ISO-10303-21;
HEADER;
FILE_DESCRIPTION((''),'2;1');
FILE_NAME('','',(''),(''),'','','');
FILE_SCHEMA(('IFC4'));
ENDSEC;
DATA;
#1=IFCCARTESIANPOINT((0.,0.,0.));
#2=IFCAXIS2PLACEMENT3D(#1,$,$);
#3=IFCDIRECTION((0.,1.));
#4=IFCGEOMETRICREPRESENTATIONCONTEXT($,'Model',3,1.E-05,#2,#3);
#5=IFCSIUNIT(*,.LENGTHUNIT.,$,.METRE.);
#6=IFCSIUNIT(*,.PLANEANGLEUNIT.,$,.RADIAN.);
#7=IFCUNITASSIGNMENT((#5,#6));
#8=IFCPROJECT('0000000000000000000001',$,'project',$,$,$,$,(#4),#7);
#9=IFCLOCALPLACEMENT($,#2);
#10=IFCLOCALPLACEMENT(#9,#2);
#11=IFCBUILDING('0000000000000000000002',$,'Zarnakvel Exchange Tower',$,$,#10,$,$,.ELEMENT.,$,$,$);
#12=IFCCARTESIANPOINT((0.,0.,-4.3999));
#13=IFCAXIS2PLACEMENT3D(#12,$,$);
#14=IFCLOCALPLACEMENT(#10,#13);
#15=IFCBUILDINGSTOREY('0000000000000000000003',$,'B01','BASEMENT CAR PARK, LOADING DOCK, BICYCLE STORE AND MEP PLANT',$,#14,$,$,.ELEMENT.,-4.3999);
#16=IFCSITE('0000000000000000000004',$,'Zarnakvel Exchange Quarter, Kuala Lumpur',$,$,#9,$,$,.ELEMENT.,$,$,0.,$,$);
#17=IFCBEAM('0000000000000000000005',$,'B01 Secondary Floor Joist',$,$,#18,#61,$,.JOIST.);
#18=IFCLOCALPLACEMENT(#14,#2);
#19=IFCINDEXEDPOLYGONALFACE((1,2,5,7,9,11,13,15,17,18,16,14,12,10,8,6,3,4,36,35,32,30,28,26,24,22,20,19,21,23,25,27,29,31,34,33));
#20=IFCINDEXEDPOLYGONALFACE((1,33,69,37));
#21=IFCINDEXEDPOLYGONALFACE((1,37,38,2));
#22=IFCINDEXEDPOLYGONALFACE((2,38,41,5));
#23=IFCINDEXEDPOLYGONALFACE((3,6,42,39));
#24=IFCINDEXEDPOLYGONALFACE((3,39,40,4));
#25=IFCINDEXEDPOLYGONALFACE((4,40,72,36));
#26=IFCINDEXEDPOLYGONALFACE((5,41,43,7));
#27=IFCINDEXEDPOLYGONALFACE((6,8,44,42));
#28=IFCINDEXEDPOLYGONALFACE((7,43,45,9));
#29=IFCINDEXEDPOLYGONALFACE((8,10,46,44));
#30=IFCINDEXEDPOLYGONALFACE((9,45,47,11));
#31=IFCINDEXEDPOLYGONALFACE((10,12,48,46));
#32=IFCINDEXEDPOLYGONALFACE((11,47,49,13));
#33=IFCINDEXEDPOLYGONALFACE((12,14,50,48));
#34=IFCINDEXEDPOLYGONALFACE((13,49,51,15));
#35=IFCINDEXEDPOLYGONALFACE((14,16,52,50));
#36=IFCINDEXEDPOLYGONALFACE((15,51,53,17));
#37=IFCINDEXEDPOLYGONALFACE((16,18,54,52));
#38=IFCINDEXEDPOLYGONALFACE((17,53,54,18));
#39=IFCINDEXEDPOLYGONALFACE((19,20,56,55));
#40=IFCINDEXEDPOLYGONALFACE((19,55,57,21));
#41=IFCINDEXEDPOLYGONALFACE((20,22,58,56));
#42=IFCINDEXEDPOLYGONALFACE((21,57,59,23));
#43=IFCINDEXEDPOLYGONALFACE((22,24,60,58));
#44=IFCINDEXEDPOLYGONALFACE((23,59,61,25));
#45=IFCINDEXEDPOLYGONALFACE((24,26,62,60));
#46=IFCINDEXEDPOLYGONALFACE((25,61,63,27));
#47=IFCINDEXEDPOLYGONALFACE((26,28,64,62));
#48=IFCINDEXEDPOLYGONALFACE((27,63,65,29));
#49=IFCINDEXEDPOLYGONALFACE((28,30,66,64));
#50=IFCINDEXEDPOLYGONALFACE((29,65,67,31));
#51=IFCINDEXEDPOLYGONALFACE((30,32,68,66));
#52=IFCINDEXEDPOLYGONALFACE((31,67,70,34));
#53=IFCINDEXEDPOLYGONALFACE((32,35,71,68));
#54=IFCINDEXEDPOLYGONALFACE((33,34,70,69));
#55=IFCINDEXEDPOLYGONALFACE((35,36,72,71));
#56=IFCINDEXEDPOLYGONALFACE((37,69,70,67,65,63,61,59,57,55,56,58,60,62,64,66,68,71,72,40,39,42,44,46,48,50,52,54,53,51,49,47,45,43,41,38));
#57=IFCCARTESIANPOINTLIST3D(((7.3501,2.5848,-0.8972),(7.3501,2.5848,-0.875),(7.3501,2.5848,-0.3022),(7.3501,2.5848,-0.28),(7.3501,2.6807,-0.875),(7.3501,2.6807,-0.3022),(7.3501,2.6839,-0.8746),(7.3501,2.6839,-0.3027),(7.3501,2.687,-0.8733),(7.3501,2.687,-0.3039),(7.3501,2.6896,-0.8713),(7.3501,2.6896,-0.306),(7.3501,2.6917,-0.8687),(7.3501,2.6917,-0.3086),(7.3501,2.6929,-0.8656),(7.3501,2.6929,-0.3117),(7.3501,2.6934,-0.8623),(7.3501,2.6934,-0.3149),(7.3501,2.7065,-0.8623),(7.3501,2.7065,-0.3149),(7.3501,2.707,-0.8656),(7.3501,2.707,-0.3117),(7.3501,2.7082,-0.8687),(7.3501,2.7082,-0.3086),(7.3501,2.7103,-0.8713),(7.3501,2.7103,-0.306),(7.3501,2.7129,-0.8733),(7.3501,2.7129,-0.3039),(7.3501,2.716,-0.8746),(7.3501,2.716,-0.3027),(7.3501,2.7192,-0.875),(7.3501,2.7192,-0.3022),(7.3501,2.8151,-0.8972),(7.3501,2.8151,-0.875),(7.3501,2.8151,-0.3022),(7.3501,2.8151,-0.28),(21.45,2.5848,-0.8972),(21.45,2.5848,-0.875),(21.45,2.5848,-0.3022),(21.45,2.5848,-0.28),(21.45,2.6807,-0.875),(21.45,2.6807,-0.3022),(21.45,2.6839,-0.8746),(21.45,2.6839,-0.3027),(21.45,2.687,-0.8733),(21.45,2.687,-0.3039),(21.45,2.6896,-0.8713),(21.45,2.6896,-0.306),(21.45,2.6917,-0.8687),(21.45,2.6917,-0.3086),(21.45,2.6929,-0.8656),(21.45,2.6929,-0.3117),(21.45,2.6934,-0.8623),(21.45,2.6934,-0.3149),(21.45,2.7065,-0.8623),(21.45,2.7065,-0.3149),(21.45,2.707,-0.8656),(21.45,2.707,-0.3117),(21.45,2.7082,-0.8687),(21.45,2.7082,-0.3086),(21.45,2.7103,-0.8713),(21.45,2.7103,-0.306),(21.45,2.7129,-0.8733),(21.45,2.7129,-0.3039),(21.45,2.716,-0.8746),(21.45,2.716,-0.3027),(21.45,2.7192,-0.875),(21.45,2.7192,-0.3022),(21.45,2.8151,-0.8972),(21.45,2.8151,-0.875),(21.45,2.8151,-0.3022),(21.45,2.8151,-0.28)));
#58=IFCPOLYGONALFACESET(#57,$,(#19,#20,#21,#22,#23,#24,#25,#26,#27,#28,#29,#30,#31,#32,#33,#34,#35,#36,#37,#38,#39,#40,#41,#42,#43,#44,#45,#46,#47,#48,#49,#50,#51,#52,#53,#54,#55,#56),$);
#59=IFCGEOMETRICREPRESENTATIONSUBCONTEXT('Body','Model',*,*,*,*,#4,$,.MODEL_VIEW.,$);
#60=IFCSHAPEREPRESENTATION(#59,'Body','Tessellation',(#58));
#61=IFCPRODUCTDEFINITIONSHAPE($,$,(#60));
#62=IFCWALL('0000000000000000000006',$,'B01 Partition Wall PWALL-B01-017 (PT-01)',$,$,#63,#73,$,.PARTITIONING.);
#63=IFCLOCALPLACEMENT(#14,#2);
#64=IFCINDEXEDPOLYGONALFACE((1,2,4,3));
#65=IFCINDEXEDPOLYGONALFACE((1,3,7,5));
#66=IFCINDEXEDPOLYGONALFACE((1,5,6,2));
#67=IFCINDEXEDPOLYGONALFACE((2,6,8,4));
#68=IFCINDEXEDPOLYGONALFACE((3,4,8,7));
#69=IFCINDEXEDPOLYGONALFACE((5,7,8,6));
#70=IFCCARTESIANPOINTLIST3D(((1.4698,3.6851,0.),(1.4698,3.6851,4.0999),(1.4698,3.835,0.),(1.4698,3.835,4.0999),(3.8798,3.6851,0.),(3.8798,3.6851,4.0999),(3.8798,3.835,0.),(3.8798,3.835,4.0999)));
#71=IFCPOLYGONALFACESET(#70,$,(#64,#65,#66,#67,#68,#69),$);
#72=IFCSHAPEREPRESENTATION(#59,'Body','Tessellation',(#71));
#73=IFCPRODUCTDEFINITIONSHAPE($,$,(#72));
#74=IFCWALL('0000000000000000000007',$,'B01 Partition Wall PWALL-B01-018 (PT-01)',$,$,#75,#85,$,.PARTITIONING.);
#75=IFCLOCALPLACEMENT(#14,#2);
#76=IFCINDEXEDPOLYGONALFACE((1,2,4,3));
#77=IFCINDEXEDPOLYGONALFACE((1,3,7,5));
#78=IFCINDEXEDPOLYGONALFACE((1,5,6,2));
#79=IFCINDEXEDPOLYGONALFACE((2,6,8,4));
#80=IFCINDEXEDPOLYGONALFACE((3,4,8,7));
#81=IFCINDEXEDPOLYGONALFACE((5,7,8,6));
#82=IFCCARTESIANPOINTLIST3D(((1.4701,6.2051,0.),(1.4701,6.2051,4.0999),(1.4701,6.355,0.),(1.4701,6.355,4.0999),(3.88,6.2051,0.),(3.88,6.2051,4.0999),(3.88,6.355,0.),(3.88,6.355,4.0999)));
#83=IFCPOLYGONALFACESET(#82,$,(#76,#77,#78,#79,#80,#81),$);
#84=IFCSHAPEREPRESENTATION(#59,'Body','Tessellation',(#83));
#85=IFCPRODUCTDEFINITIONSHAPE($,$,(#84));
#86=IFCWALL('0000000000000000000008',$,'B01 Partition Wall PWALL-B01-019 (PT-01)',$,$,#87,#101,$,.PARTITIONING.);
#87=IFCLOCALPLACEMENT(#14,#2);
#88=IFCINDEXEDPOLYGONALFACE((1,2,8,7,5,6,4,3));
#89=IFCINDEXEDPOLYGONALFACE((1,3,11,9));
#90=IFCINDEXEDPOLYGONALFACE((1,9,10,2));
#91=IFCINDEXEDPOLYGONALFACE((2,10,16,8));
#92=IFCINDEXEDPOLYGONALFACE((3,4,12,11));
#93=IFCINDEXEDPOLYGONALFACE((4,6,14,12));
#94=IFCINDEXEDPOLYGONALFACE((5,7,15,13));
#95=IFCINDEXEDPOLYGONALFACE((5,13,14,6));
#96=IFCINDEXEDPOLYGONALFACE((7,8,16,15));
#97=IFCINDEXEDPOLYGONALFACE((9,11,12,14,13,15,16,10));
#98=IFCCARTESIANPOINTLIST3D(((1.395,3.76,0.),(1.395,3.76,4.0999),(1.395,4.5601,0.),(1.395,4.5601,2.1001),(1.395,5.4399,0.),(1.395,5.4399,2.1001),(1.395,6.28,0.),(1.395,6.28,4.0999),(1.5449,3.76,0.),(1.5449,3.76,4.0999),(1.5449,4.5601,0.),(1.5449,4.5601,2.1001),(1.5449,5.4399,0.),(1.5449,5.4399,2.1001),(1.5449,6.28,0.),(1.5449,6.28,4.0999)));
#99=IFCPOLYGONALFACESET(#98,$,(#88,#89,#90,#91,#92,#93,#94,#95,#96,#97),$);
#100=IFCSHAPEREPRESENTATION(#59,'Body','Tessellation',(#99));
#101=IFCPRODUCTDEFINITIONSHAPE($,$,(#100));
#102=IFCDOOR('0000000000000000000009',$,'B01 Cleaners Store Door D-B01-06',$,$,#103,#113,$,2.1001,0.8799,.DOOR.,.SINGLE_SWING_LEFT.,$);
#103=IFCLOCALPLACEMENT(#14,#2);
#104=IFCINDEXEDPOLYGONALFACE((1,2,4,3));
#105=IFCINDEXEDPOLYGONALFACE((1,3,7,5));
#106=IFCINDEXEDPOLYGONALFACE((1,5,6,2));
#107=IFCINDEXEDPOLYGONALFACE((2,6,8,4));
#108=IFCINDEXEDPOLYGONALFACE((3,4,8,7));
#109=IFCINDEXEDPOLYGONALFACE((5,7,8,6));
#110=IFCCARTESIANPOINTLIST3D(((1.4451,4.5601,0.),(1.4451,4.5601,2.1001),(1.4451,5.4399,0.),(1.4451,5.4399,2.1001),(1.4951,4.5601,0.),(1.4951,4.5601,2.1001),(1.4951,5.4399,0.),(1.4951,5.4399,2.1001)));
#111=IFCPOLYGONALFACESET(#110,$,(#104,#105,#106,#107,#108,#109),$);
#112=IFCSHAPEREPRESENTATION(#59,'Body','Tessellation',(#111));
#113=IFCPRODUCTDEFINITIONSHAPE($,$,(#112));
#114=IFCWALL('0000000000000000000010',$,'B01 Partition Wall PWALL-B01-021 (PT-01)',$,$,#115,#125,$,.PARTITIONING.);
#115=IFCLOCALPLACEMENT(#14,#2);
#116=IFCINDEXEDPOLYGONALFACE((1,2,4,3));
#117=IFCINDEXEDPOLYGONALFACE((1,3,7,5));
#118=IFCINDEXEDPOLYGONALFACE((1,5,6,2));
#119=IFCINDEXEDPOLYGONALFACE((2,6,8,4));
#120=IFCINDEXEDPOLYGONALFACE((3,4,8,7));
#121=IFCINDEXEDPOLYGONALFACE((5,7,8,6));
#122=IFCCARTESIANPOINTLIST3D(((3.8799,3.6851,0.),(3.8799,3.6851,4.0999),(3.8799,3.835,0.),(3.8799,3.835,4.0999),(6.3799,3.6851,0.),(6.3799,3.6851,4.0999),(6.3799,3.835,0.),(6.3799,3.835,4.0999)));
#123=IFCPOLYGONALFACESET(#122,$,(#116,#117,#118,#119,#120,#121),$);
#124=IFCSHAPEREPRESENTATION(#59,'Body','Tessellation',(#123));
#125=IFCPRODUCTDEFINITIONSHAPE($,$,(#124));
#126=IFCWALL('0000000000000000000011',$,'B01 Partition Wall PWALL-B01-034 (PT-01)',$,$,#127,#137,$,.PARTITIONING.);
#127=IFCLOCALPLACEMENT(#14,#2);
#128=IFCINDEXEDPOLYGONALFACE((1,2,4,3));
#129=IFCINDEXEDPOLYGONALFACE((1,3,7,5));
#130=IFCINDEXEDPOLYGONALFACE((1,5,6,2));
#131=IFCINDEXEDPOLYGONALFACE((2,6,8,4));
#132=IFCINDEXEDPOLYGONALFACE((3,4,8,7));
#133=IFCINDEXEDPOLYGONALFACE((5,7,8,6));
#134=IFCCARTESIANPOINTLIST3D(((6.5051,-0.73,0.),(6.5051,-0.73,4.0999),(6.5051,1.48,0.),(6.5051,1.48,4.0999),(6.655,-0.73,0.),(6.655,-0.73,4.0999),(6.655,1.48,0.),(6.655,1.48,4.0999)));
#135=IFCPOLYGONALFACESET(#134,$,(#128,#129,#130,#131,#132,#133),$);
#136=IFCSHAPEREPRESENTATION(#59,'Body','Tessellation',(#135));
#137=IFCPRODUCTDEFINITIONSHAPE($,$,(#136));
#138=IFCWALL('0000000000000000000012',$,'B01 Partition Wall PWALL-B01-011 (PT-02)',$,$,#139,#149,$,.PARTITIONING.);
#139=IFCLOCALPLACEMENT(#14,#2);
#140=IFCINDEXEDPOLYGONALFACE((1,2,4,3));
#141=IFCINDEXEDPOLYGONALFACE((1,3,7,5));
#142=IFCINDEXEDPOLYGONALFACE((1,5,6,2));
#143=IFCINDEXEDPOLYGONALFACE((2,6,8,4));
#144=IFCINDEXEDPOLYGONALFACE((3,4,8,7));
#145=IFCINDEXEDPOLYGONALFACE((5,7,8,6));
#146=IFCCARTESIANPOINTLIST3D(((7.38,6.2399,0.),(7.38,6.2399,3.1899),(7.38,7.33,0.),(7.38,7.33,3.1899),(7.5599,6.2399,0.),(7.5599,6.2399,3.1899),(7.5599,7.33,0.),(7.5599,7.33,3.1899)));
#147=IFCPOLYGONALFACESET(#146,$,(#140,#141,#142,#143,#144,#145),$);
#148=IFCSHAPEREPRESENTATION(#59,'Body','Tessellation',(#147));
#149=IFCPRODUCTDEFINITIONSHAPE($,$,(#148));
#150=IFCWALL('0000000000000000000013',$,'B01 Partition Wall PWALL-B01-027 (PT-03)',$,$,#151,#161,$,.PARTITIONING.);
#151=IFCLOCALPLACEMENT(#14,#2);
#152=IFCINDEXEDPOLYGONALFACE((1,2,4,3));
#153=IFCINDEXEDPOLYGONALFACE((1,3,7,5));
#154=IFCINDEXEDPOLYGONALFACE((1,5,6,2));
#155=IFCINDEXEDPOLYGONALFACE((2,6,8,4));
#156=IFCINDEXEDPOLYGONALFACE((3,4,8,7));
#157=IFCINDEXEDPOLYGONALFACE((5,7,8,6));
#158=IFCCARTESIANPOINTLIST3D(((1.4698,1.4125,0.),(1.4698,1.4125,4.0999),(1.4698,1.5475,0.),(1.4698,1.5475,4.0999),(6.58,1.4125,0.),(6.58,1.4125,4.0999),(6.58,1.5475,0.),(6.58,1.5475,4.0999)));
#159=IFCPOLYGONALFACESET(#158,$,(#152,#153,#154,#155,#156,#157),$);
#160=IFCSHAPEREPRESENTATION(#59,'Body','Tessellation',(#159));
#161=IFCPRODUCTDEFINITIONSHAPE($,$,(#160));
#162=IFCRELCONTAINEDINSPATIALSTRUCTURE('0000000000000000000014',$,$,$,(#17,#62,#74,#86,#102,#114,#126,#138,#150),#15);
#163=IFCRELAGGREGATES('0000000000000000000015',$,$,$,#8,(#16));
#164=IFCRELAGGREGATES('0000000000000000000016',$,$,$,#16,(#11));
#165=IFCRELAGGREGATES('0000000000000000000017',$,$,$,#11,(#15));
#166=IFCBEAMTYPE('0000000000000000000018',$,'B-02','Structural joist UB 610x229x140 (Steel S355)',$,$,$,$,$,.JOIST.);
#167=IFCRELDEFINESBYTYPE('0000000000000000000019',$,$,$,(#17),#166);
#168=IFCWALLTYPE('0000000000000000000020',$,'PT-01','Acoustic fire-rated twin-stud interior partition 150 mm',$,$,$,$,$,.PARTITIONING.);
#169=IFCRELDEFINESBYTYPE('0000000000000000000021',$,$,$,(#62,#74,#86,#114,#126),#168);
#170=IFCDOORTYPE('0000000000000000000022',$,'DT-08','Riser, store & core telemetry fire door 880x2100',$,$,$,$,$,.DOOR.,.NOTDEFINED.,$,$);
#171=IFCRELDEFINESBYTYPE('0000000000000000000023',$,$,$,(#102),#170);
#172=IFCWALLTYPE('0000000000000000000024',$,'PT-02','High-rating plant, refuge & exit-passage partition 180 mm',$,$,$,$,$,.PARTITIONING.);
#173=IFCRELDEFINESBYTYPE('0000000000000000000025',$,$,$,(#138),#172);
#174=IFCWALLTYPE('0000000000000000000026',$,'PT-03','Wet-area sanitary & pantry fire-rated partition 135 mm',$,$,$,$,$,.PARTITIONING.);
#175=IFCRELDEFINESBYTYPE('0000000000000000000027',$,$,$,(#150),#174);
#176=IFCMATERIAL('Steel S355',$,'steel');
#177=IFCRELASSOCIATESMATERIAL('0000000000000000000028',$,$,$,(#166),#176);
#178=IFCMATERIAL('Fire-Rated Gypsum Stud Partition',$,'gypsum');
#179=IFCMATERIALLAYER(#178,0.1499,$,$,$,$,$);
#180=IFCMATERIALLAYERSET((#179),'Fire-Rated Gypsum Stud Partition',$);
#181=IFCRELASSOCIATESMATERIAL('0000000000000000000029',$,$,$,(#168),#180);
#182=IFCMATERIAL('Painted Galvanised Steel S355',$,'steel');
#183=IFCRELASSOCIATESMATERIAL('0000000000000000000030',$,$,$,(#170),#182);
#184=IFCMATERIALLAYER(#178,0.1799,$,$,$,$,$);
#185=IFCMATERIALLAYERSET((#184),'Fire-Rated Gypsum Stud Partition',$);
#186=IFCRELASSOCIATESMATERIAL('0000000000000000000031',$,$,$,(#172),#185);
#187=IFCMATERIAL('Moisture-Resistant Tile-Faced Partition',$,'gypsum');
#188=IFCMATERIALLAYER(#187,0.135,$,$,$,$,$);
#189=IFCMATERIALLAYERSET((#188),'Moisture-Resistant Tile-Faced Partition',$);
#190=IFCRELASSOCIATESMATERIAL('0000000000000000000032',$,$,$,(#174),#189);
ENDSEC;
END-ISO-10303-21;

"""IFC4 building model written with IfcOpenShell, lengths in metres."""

from ifc_helpers import new_model, si_unit, direction, frame, frame_2d, origin, origin_2d, place, context, subcontext, project, spatial, rectangle, i_section, extrude, source, transform, mapped, material, layer, layer_set, material_profile, profile_set, type_object, element, fill, save


model = new_model("IFC4")

# Units and contexts
model_context = context("Model", 3, precision=1e-05, world=origin(), true_north=direction((0.0, 1.0)))
body_context = subcontext(model_context, "Body", "Model", "MODEL_VIEW")
ifc_project = project(units=[si_unit("LENGTHUNIT", "METRE"), si_unit("PLANEANGLEUNIT", "RADIAN")], contexts=[model_context])

# Site, building, storey
site_placement = place(None, origin())
site = spatial("IfcSite", under=ifc_project, at=site_placement, Name="Zarnakvel Exchange Quarter, Kuala Lumpur", CompositionType="ELEMENT", RefElevation=0.0)
building_placement = place(site_placement, origin())
building = spatial("IfcBuilding", under=site, at=building_placement, Name="Zarnakvel Exchange Tower", CompositionType="ELEMENT")
storey_placement = place(building_placement, frame((0.0, 0.0, -4.3999)))
storey = spatial("IfcBuildingStorey", under=building, at=storey_placement, Name="B01", Description="BASEMENT CAR PARK, LOADING DOCK, BICYCLE STORE AND MEP PLANT", CompositionType="ELEMENT", Elevation=-4.3999)

# Beam
ifc_material_1 = material(Name="Steel S355", Category="steel")
ifc_material_profile = material_profile(ifc_material_1, i_section(OverallWidth=0.2302, OverallDepth=0.6172, WebThickness=0.0132, FlangeThickness=0.0222, FilletRadius=0.0127, at=origin_2d()))
ifc_profile_set = profile_set([ifc_material_profile], Name="Steel S355")
beam_type = type_object("IfcBeamType", Name="B-02", Description="Structural joist UB 610x229x140 (Steel S355)", PredefinedType="JOIST", material=ifc_profile_set)
beam_placement = place(storey_placement, frame((7.3501, 2.7, -0.5886), z_axis=(1.0, 0.0, 0.0), x_axis=(0.0, 1.0, 0.0)))
element("IfcBeam", 1, at=beam_placement, inside=storey, type_object=beam_type, Name="B01 Secondary Floor Joist", PredefinedType="JOIST", context=body_context, shape_type="SweptSolid", body=[
    extrude(i_section(OverallWidth=0.2302, OverallDepth=0.6172, WebThickness=0.0132, FlangeThickness=0.0222, FilletRadius=0.0127, at=origin_2d()), origin(), (0.0, 0.0, 1.0), 14.0999),
])

# Walls
ifc_material_2 = material(Name="Fire-Rated Gypsum Stud Partition", Category="gypsum")
ifc_layer_1 = layer(ifc_material_2, 0.1499)
ifc_layer_set_1 = layer_set([ifc_layer_1], Name="Fire-Rated Gypsum Stud Partition")
wall_type_1 = type_object("IfcWallType", Name="PT-01", Description="Acoustic fire-rated twin-stud interior partition 150 mm", PredefinedType="PARTITIONING", material=ifc_layer_set_1)
for number, where, z_axis, x_axis, name in (
    (2, (3.8799, 3.76, 0.0), (0.0, 0.0, 1.0), (-1.0, 0.0, 0.0), "B01 Partition Wall PWALL-B01-017 (PT-01)"),
    (3, (1.47, 6.28, 0.0), (0.0, 0.0, 1.0), (1.0, 0.0, 0.0), "B01 Partition Wall PWALL-B01-018 (PT-01)"),
):
    element("IfcWall", number, at=place(storey_placement, frame(where, z_axis=z_axis, x_axis=x_axis)), inside=storey, type_object=wall_type_1, Name=name, PredefinedType="PARTITIONING", context=body_context, shape_type="SweptSolid", body=[
        extrude(rectangle(XDim=2.4099, YDim=0.1499, at=frame_2d((1.2051, 0.0))), origin(), (0.0, 0.0, 1.0), 4.0999),
    ])

# Wall, opening, door
wall_1_placement = place(storey_placement, frame((1.47, 3.76, 0.0), z_axis=(0.0, 0.0, 1.0), x_axis=(0.0, 1.0, 0.0)))
wall_1 = element("IfcWall", 4, at=wall_1_placement, inside=storey, type_object=wall_type_1, Name="B01 Partition Wall PWALL-B01-019 (PT-01)", PredefinedType="PARTITIONING", context=body_context, shape_type="SweptSolid", body=[
    extrude(rectangle(XDim=2.52, YDim=0.1499, at=frame_2d((1.26, 0.0))), origin(), (0.0, 0.0, 1.0), 4.0999),
])
opening_1_placement = place(wall_1_placement, frame((0.8, 0.0, 0.0)))
opening_1 = element("IfcOpeningElement", 5, at=opening_1_placement, cuts=wall_1, PredefinedType="OPENING", context=body_context, shape_type="SweptSolid", body=[
    extrude(rectangle(XDim=0.8799, YDim=2.1001, at=frame_2d((0.4399, 1.05))), frame((0.0, 0.085, 0.0), z_axis=(0.0, -1.0, 0.0), x_axis=(1.0, 0.0, 0.0)), (0.0, 0.0, 1.0), 0.1699),
])
ifc_material_3 = material(Name="Painted Galvanised Steel S355", Category="steel")
door_type_1 = type_object("IfcDoorType", Name="DT-08", Description="Riser, store & core telemetry fire door 880x2100", OperationType="NOTDEFINED", PredefinedType="DOOR", material=ifc_material_3)
shared_shape_1 = source(origin(), body_context, "Body", "SweptSolid", [
    extrude(rectangle(XDim=0.8799, YDim=2.1001, at=frame_2d((0.4399, 1.05))), frame((0.0, 0.0249, 0.0), z_axis=(0.0, -1.0, 0.0), x_axis=(1.0, 0.0, 0.0)), (0.0, 0.0, 1.0), 0.05),
])
door_1_placement = place(opening_1_placement, origin())
door_1 = element("IfcDoor", 6, at=door_1_placement, inside=storey, type_object=door_type_1, Name="B01 Cleaners Store Door D-B01-06", OperationType="SINGLE_SWING_LEFT", OverallHeight=2.1001, OverallWidth=0.8799, PredefinedType="DOOR", context=body_context, shape_type="MappedRepresentation", body=[
    mapped(shared_shape_1, transform((0.0, 0.0, 0.0), x_axis=(1.0, 0.0, 0.0), y_axis=(0.0, 1.0, 0.0), z_axis=(0.0, 0.0, 1.0), scale=1.0)),
])
fill(opening_1, door_1)

# Walls
wall_2_placement = place(storey_placement, frame((6.3799, 3.76, 0.0), z_axis=(0.0, 0.0, 1.0), x_axis=(-1.0, 0.0, 0.0)))
element("IfcWall", 7, at=wall_2_placement, inside=storey, type_object=wall_type_1, Name="B01 Partition Wall PWALL-B01-021 (PT-01)", PredefinedType="PARTITIONING", context=body_context, shape_type="SweptSolid", body=[
    extrude(rectangle(XDim=2.5, YDim=0.1499, at=frame_2d((1.25, 0.0))), origin(), (0.0, 0.0, 1.0), 4.0999),
])
wall_3_placement = place(storey_placement, frame((6.5801, 1.48, 0.0), z_axis=(0.0, 0.0, 1.0), x_axis=(0.0, -1.0, 0.0)))
element("IfcWall", 8, at=wall_3_placement, inside=storey, type_object=wall_type_1, Name="B01 Partition Wall PWALL-B01-034 (PT-01)", PredefinedType="PARTITIONING", context=body_context, shape_type="SweptSolid", body=[
    extrude(rectangle(XDim=2.21, YDim=0.1499, at=frame_2d((1.105, 0.0))), origin(), (0.0, 0.0, 1.0), 4.0999),
])
ifc_layer_2 = layer(ifc_material_2, 0.1799)
ifc_layer_set_2 = layer_set([ifc_layer_2], Name="Fire-Rated Gypsum Stud Partition")
wall_type_2 = type_object("IfcWallType", Name="PT-02", Description="High-rating plant, refuge & exit-passage partition 180 mm", PredefinedType="PARTITIONING", material=ifc_layer_set_2)
wall_4_placement = place(storey_placement, frame((7.47, 6.24, 0.0), z_axis=(0.0, 0.0, 1.0), x_axis=(0.0, 1.0, 0.0)))
element("IfcWall", 9, at=wall_4_placement, inside=storey, type_object=wall_type_2, Name="B01 Partition Wall PWALL-B01-011 (PT-02)", PredefinedType="PARTITIONING", context=body_context, shape_type="SweptSolid", body=[
    extrude(rectangle(XDim=1.0901, YDim=0.1799, at=frame_2d((0.5449, 0.0))), origin(), (0.0, 0.0, 1.0), 3.1899),
])
ifc_material_4 = material(Name="Moisture-Resistant Tile-Faced Partition", Category="gypsum")
ifc_layer_3 = layer(ifc_material_4, 0.135)
ifc_layer_set_3 = layer_set([ifc_layer_3], Name="Moisture-Resistant Tile-Faced Partition")
wall_type_3 = type_object("IfcWallType", Name="PT-03", Description="Wet-area sanitary & pantry fire-rated partition 135 mm", PredefinedType="PARTITIONING", material=ifc_layer_set_3)
wall_5_placement = place(storey_placement, frame((6.5801, 1.48, 0.0), z_axis=(0.0, 0.0, 1.0), x_axis=(-1.0, 0.0, 0.0)))
element("IfcWall", 10, at=wall_5_placement, inside=storey, type_object=wall_type_3, Name="B01 Partition Wall PWALL-B01-027 (PT-03)", PredefinedType="PARTITIONING", context=body_context, shape_type="SweptSolid", body=[
    extrude(rectangle(XDim=5.1101, YDim=0.135, at=frame_2d((2.5552, 0.0))), origin(), (0.0, 0.0, 1.0), 4.0999),
])

save(model, "model.ifc")
